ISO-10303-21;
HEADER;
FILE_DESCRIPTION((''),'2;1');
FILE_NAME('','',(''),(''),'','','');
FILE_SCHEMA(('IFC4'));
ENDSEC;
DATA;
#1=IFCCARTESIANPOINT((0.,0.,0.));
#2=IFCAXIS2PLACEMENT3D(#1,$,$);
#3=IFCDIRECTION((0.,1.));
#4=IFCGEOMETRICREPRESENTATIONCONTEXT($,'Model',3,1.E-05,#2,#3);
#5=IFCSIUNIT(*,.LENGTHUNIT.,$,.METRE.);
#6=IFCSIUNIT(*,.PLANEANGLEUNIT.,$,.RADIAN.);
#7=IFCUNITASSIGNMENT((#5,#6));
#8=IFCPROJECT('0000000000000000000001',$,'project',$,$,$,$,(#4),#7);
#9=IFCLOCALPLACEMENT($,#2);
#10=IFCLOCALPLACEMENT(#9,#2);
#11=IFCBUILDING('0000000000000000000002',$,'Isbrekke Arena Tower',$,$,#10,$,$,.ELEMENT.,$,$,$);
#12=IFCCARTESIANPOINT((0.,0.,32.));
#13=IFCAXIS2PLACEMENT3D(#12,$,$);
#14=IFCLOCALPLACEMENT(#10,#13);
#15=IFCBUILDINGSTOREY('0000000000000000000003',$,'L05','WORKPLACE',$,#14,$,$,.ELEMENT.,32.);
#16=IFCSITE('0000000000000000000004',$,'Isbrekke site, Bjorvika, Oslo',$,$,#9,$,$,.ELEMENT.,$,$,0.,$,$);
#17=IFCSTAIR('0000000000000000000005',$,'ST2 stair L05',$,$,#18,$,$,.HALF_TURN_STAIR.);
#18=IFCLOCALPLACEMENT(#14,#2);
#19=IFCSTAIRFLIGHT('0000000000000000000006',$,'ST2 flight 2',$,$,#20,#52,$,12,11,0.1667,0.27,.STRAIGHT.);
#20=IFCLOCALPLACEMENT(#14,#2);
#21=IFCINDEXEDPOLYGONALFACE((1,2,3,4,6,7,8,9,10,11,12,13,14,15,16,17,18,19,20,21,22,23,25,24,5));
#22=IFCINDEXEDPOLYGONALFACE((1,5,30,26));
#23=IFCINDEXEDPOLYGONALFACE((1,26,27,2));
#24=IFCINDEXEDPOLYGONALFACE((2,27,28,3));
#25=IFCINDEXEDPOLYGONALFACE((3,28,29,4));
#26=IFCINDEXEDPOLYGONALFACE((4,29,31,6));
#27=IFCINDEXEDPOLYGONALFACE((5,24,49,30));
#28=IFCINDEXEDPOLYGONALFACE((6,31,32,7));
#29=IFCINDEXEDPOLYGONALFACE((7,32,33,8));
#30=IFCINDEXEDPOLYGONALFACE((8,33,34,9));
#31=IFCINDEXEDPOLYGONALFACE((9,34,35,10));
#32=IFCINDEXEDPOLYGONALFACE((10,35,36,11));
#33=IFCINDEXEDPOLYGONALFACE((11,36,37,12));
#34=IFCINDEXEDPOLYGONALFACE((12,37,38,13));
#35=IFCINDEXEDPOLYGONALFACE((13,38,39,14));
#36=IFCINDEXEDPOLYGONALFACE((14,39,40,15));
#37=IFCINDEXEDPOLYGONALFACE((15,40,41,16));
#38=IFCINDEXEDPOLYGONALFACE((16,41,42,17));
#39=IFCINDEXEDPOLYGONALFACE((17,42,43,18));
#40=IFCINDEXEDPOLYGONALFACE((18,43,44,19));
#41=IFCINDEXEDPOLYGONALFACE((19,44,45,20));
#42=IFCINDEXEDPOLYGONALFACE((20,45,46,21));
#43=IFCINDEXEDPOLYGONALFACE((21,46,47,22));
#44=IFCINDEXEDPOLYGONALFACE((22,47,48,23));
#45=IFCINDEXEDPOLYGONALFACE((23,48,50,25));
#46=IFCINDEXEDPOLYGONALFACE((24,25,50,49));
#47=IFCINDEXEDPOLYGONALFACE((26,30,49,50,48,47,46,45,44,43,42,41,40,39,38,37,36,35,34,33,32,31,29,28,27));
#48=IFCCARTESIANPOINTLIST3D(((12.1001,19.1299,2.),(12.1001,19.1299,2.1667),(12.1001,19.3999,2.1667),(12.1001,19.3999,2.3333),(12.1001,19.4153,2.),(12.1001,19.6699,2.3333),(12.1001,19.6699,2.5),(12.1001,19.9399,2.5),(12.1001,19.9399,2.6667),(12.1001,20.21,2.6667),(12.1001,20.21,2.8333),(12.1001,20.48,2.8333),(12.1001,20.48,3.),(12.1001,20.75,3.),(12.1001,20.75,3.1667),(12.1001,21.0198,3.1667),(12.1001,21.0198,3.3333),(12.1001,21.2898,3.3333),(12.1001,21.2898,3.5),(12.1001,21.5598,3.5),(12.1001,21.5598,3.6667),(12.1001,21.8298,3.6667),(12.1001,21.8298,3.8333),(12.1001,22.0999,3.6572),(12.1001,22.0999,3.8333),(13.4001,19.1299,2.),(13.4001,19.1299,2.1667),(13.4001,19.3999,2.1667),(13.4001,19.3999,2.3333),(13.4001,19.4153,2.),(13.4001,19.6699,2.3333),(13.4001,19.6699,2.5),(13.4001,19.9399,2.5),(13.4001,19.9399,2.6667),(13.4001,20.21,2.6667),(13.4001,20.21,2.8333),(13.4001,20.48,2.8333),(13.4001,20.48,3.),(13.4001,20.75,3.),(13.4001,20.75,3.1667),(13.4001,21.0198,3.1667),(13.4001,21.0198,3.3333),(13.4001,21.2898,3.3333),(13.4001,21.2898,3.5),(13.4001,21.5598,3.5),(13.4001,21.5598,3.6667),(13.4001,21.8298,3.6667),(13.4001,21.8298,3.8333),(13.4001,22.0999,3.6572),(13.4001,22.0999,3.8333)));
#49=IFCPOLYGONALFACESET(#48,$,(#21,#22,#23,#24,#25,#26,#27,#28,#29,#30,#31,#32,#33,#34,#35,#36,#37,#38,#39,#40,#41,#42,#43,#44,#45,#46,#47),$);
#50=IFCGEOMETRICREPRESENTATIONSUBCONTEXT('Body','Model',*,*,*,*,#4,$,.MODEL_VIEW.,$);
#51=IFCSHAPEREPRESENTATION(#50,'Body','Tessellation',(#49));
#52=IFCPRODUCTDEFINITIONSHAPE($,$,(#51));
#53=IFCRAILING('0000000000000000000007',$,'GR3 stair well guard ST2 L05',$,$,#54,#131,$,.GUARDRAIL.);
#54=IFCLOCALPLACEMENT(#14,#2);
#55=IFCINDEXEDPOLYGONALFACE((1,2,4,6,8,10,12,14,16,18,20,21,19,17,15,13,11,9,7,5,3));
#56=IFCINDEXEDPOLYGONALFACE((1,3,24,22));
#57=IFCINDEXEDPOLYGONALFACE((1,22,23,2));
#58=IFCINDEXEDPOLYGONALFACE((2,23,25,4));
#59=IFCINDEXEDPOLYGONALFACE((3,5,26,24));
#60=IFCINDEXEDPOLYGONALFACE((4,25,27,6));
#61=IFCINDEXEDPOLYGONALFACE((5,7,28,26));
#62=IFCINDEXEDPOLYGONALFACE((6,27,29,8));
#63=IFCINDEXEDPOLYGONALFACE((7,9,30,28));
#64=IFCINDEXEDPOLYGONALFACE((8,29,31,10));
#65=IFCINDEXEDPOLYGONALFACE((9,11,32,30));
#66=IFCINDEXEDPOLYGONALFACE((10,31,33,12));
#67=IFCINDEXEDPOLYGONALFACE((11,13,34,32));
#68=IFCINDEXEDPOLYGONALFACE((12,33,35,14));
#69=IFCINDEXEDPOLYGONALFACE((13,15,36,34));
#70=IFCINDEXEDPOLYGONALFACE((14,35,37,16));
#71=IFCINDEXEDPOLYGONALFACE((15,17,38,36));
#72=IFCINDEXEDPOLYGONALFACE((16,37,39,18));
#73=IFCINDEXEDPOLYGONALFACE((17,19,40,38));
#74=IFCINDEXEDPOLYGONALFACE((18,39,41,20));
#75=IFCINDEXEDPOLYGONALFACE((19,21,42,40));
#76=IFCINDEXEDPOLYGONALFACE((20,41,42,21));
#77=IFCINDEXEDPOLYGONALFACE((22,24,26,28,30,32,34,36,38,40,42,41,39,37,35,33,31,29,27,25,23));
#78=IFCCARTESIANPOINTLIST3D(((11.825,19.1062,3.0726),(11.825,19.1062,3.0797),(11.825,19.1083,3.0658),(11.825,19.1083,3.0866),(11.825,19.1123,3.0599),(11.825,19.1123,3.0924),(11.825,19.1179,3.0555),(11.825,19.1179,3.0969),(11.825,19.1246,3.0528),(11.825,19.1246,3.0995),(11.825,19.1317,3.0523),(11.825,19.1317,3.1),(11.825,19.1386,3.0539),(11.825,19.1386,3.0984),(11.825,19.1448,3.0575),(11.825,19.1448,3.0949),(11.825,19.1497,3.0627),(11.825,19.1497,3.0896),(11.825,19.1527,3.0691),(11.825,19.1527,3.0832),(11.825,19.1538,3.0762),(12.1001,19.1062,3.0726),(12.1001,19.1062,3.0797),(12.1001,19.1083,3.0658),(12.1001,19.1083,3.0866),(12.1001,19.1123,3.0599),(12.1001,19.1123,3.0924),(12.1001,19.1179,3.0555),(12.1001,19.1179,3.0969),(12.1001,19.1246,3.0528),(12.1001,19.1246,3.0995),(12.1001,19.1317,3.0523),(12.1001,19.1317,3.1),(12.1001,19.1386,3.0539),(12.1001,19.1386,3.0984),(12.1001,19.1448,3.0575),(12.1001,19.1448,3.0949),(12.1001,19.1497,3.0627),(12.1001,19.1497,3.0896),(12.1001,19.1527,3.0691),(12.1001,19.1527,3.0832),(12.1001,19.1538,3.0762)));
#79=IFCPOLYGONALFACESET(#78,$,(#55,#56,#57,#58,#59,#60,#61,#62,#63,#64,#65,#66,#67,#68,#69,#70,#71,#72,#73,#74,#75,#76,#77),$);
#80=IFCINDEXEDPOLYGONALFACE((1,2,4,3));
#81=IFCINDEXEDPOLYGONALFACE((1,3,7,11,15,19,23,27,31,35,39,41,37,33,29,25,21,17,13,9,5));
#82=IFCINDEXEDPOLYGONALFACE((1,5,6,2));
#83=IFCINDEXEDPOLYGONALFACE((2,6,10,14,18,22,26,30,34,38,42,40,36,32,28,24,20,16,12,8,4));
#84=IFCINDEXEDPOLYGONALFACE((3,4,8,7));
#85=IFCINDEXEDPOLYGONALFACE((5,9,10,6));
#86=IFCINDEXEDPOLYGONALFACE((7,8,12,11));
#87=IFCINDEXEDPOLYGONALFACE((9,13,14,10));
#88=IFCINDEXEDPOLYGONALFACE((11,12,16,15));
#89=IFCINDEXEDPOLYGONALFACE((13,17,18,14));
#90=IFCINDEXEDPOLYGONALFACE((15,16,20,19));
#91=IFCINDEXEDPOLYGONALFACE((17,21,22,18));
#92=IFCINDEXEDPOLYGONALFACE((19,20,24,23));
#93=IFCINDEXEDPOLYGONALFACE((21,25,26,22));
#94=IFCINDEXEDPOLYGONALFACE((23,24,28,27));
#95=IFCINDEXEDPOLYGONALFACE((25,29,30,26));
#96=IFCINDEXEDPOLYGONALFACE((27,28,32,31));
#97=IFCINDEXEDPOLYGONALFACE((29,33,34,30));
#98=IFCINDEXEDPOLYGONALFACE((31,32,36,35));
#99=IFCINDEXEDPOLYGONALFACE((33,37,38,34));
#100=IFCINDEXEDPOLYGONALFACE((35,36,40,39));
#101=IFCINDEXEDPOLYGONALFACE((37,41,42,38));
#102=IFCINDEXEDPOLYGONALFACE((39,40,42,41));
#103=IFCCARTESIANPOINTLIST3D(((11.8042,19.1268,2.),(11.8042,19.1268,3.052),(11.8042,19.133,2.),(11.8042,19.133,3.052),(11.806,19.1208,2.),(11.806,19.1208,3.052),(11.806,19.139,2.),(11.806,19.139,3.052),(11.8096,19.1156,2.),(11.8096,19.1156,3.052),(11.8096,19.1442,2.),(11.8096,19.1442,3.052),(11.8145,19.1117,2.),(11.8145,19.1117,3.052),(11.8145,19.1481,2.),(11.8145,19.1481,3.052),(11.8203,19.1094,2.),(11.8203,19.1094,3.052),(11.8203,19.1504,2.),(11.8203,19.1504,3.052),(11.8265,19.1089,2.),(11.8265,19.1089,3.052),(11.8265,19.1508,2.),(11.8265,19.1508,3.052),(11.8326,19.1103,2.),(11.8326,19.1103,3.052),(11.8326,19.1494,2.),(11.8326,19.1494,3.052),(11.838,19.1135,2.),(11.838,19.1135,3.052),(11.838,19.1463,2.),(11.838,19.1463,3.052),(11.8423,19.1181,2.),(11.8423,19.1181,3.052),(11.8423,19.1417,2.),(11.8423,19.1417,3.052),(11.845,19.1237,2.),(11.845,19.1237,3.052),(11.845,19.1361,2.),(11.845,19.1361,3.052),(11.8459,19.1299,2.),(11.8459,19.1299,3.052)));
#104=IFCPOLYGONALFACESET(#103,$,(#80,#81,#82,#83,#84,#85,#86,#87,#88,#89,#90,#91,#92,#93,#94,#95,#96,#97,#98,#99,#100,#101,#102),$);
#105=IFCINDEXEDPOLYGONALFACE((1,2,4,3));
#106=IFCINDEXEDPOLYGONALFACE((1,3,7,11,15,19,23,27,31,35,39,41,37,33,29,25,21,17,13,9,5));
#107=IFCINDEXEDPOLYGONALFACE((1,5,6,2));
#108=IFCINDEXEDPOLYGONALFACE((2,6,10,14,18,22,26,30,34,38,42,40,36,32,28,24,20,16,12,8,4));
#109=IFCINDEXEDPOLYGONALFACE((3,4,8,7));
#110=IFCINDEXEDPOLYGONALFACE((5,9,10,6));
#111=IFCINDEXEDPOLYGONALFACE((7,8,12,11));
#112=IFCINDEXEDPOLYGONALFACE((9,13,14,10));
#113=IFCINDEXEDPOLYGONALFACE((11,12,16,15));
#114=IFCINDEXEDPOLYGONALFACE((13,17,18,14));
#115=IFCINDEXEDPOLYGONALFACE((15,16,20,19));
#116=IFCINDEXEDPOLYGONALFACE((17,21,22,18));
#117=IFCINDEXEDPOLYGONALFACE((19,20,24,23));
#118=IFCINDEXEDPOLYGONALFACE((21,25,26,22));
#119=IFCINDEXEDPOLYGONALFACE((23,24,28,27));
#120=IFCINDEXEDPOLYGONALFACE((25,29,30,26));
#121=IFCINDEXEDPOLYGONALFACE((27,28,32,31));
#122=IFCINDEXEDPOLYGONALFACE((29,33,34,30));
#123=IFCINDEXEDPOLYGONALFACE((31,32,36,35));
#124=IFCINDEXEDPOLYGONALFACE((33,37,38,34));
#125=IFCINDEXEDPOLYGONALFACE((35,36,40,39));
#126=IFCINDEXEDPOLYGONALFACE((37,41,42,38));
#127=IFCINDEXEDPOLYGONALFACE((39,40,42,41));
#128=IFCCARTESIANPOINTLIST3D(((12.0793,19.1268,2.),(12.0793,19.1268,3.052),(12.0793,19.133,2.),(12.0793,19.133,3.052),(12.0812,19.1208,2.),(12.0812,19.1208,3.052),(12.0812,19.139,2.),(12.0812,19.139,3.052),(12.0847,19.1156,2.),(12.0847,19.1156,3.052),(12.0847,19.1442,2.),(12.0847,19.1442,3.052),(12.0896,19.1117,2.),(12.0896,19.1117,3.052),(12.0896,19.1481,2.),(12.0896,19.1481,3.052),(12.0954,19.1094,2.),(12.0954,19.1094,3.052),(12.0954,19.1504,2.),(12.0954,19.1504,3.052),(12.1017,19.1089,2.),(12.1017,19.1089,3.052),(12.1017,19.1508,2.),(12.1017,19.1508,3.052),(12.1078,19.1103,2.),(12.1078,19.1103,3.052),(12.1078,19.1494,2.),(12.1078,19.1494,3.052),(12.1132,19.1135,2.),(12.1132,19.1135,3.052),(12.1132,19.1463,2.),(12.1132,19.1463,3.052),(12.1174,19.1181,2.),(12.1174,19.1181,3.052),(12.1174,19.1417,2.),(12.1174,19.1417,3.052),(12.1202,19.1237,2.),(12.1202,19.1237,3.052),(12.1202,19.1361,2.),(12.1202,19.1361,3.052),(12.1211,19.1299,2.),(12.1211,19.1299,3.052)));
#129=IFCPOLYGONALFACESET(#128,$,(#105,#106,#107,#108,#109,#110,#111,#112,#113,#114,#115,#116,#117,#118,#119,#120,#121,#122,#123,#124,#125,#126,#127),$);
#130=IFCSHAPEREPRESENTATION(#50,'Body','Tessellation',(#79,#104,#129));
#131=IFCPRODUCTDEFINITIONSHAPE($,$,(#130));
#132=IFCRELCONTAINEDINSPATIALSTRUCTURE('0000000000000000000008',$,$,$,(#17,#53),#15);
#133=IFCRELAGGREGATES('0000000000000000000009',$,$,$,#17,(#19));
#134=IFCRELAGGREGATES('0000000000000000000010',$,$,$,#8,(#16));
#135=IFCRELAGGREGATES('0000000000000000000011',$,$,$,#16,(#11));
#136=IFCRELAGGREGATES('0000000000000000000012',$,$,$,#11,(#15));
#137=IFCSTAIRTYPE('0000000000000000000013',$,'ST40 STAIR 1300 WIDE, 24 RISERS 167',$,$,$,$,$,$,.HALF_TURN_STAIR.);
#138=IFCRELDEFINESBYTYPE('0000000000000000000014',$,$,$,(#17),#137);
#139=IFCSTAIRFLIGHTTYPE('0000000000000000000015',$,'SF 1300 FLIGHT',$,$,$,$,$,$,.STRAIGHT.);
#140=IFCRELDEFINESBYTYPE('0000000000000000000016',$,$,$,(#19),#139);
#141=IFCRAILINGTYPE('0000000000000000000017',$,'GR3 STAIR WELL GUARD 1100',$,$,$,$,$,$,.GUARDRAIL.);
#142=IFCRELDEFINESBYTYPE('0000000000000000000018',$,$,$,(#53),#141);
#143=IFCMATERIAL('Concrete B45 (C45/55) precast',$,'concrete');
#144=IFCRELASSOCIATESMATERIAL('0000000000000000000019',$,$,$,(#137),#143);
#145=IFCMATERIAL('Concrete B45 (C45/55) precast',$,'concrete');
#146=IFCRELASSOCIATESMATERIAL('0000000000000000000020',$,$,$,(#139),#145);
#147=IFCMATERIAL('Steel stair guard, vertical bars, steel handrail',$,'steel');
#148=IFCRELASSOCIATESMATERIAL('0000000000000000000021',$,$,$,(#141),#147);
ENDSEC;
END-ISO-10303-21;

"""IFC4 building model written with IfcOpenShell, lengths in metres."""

from ifc_helpers import new_model, si_unit, direction, frame, origin, origin_2d, place, context, subcontext, project, spatial, polyline, circle, outline, extrude, material, type_object, element, aggregate, save


model = new_model("IFC4")

# Units and contexts
model_context = context("Model", 3, precision=1e-05, world=origin(), true_north=direction((0.0, 1.0)))
body_context = subcontext(model_context, "Body", "Model", "MODEL_VIEW")
ifc_project = project(units=[si_unit("LENGTHUNIT", "METRE"), si_unit("PLANEANGLEUNIT", "RADIAN")], contexts=[model_context])

# Site, building, storey
site_placement = place(None, origin())
site = spatial("IfcSite", under=ifc_project, at=site_placement, Name="Isbrekke site, Bjorvika, Oslo", CompositionType="ELEMENT", RefElevation=0.0)
building_placement = place(site_placement, origin())
building = spatial("IfcBuilding", under=site, at=building_placement, Name="Isbrekke Arena Tower", CompositionType="ELEMENT")
storey_placement = place(building_placement, frame((0.0, 0.0, 32.0)))
storey = spatial("IfcBuildingStorey", under=building, at=storey_placement, Name="L05", Description="WORKPLACE", CompositionType="ELEMENT", Elevation=32.0)

# Stair, stair flight
ifc_material_1 = material(Name="Concrete B45 (C45/55) precast", Category="concrete")
stair_type = type_object("IfcStairType", Name="ST40 STAIR 1300 WIDE, 24 RISERS 167", PredefinedType="HALF_TURN_STAIR", material=ifc_material_1)
stair_placement = place(storey_placement, origin())
stair = element("IfcStair", 1, at=stair_placement, inside=storey, type_object=stair_type, Name="ST2 stair L05", PredefinedType="HALF_TURN_STAIR")
ifc_material_2 = material(Name="Concrete B45 (C45/55) precast", Category="concrete")
stair_flight_type = type_object("IfcStairFlightType", Name="SF 1300 FLIGHT", PredefinedType="STRAIGHT", material=ifc_material_2)
stair_flight_placement = place(storey_placement, frame((12.75, 19.1299, 2.0), z_axis=(0.0, 0.0, 1.0), x_axis=(0.0, 1.0, 0.0)))
stair_flight = element("IfcStairFlight", 2, at=stair_flight_placement, type_object=stair_flight_type, Name="ST2 flight 2", NumberOfRisers=12, NumberOfTreads=11, PredefinedType="STRAIGHT", RiserHeight=0.1667, TreadLength=0.27, context=body_context, shape_type="SweptSolid", body=[
    extrude(outline(polyline([(0.0, 0.0), (0.0, 0.1667), (0.27, 0.1667), (0.27, 0.3333), (0.54, 0.3333), (0.54, 0.5), (0.8101, 0.5), (0.8101, 0.6667), (1.0801, 0.6667), (1.0801, 0.8333), (1.3501, 0.8333), (1.3501, 1.0), (1.6201, 1.0), (1.6201, 1.1667), (1.8899, 1.1667), (1.8899, 1.3333), (2.1599, 1.3333), (2.1599, 1.5), (2.4299, 1.5), (2.4299, 1.6667), (2.7, 1.6667), (2.7, 1.8333), (2.97, 1.8333), (2.97, 2.0), (2.97, 1.6572), (0.2854, 0.0), (0.0, 0.0)])), frame((0.0, 0.6499, 0.0), z_axis=(0.0, -1.0, 0.0), x_axis=(1.0, 0.0, 0.0)), (0.0, 0.0, 1.0), 1.3),
])
aggregate(stair, [stair_flight])

# Railing
ifc_material_3 = material(Name="Steel stair guard, vertical bars, steel handrail", Category="steel")
railing_type = type_object("IfcRailingType", Name="GR3 STAIR WELL GUARD 1100", PredefinedType="GUARDRAIL", material=ifc_material_3)
railing_placement = place(storey_placement, frame((11.825, 19.1299, 2.0)))
element("IfcRailing", 3, at=railing_placement, inside=storey, type_object=railing_type, Name="GR3 stair well guard ST2 L05", PredefinedType="GUARDRAIL", context=body_context, shape_type="SweptSolid", body=[
    extrude(circle(Radius=0.0239, at=origin_2d()), frame((0.0, 0.0, 1.0762), z_axis=(1.0, 0.0, 0.0), x_axis=(0.0, 1.0, 0.0)), (0.0, 0.0, 1.0), 0.2751),
    extrude(circle(Radius=0.021, at=origin_2d()), origin(), (0.0, 0.0, 1.0), 1.052),
    extrude(circle(Radius=0.021, at=origin_2d()), frame((0.2751, 0.0, 0.0)), (0.0, 0.0, 1.0), 1.052),
])

save(model, "model.ifc")
